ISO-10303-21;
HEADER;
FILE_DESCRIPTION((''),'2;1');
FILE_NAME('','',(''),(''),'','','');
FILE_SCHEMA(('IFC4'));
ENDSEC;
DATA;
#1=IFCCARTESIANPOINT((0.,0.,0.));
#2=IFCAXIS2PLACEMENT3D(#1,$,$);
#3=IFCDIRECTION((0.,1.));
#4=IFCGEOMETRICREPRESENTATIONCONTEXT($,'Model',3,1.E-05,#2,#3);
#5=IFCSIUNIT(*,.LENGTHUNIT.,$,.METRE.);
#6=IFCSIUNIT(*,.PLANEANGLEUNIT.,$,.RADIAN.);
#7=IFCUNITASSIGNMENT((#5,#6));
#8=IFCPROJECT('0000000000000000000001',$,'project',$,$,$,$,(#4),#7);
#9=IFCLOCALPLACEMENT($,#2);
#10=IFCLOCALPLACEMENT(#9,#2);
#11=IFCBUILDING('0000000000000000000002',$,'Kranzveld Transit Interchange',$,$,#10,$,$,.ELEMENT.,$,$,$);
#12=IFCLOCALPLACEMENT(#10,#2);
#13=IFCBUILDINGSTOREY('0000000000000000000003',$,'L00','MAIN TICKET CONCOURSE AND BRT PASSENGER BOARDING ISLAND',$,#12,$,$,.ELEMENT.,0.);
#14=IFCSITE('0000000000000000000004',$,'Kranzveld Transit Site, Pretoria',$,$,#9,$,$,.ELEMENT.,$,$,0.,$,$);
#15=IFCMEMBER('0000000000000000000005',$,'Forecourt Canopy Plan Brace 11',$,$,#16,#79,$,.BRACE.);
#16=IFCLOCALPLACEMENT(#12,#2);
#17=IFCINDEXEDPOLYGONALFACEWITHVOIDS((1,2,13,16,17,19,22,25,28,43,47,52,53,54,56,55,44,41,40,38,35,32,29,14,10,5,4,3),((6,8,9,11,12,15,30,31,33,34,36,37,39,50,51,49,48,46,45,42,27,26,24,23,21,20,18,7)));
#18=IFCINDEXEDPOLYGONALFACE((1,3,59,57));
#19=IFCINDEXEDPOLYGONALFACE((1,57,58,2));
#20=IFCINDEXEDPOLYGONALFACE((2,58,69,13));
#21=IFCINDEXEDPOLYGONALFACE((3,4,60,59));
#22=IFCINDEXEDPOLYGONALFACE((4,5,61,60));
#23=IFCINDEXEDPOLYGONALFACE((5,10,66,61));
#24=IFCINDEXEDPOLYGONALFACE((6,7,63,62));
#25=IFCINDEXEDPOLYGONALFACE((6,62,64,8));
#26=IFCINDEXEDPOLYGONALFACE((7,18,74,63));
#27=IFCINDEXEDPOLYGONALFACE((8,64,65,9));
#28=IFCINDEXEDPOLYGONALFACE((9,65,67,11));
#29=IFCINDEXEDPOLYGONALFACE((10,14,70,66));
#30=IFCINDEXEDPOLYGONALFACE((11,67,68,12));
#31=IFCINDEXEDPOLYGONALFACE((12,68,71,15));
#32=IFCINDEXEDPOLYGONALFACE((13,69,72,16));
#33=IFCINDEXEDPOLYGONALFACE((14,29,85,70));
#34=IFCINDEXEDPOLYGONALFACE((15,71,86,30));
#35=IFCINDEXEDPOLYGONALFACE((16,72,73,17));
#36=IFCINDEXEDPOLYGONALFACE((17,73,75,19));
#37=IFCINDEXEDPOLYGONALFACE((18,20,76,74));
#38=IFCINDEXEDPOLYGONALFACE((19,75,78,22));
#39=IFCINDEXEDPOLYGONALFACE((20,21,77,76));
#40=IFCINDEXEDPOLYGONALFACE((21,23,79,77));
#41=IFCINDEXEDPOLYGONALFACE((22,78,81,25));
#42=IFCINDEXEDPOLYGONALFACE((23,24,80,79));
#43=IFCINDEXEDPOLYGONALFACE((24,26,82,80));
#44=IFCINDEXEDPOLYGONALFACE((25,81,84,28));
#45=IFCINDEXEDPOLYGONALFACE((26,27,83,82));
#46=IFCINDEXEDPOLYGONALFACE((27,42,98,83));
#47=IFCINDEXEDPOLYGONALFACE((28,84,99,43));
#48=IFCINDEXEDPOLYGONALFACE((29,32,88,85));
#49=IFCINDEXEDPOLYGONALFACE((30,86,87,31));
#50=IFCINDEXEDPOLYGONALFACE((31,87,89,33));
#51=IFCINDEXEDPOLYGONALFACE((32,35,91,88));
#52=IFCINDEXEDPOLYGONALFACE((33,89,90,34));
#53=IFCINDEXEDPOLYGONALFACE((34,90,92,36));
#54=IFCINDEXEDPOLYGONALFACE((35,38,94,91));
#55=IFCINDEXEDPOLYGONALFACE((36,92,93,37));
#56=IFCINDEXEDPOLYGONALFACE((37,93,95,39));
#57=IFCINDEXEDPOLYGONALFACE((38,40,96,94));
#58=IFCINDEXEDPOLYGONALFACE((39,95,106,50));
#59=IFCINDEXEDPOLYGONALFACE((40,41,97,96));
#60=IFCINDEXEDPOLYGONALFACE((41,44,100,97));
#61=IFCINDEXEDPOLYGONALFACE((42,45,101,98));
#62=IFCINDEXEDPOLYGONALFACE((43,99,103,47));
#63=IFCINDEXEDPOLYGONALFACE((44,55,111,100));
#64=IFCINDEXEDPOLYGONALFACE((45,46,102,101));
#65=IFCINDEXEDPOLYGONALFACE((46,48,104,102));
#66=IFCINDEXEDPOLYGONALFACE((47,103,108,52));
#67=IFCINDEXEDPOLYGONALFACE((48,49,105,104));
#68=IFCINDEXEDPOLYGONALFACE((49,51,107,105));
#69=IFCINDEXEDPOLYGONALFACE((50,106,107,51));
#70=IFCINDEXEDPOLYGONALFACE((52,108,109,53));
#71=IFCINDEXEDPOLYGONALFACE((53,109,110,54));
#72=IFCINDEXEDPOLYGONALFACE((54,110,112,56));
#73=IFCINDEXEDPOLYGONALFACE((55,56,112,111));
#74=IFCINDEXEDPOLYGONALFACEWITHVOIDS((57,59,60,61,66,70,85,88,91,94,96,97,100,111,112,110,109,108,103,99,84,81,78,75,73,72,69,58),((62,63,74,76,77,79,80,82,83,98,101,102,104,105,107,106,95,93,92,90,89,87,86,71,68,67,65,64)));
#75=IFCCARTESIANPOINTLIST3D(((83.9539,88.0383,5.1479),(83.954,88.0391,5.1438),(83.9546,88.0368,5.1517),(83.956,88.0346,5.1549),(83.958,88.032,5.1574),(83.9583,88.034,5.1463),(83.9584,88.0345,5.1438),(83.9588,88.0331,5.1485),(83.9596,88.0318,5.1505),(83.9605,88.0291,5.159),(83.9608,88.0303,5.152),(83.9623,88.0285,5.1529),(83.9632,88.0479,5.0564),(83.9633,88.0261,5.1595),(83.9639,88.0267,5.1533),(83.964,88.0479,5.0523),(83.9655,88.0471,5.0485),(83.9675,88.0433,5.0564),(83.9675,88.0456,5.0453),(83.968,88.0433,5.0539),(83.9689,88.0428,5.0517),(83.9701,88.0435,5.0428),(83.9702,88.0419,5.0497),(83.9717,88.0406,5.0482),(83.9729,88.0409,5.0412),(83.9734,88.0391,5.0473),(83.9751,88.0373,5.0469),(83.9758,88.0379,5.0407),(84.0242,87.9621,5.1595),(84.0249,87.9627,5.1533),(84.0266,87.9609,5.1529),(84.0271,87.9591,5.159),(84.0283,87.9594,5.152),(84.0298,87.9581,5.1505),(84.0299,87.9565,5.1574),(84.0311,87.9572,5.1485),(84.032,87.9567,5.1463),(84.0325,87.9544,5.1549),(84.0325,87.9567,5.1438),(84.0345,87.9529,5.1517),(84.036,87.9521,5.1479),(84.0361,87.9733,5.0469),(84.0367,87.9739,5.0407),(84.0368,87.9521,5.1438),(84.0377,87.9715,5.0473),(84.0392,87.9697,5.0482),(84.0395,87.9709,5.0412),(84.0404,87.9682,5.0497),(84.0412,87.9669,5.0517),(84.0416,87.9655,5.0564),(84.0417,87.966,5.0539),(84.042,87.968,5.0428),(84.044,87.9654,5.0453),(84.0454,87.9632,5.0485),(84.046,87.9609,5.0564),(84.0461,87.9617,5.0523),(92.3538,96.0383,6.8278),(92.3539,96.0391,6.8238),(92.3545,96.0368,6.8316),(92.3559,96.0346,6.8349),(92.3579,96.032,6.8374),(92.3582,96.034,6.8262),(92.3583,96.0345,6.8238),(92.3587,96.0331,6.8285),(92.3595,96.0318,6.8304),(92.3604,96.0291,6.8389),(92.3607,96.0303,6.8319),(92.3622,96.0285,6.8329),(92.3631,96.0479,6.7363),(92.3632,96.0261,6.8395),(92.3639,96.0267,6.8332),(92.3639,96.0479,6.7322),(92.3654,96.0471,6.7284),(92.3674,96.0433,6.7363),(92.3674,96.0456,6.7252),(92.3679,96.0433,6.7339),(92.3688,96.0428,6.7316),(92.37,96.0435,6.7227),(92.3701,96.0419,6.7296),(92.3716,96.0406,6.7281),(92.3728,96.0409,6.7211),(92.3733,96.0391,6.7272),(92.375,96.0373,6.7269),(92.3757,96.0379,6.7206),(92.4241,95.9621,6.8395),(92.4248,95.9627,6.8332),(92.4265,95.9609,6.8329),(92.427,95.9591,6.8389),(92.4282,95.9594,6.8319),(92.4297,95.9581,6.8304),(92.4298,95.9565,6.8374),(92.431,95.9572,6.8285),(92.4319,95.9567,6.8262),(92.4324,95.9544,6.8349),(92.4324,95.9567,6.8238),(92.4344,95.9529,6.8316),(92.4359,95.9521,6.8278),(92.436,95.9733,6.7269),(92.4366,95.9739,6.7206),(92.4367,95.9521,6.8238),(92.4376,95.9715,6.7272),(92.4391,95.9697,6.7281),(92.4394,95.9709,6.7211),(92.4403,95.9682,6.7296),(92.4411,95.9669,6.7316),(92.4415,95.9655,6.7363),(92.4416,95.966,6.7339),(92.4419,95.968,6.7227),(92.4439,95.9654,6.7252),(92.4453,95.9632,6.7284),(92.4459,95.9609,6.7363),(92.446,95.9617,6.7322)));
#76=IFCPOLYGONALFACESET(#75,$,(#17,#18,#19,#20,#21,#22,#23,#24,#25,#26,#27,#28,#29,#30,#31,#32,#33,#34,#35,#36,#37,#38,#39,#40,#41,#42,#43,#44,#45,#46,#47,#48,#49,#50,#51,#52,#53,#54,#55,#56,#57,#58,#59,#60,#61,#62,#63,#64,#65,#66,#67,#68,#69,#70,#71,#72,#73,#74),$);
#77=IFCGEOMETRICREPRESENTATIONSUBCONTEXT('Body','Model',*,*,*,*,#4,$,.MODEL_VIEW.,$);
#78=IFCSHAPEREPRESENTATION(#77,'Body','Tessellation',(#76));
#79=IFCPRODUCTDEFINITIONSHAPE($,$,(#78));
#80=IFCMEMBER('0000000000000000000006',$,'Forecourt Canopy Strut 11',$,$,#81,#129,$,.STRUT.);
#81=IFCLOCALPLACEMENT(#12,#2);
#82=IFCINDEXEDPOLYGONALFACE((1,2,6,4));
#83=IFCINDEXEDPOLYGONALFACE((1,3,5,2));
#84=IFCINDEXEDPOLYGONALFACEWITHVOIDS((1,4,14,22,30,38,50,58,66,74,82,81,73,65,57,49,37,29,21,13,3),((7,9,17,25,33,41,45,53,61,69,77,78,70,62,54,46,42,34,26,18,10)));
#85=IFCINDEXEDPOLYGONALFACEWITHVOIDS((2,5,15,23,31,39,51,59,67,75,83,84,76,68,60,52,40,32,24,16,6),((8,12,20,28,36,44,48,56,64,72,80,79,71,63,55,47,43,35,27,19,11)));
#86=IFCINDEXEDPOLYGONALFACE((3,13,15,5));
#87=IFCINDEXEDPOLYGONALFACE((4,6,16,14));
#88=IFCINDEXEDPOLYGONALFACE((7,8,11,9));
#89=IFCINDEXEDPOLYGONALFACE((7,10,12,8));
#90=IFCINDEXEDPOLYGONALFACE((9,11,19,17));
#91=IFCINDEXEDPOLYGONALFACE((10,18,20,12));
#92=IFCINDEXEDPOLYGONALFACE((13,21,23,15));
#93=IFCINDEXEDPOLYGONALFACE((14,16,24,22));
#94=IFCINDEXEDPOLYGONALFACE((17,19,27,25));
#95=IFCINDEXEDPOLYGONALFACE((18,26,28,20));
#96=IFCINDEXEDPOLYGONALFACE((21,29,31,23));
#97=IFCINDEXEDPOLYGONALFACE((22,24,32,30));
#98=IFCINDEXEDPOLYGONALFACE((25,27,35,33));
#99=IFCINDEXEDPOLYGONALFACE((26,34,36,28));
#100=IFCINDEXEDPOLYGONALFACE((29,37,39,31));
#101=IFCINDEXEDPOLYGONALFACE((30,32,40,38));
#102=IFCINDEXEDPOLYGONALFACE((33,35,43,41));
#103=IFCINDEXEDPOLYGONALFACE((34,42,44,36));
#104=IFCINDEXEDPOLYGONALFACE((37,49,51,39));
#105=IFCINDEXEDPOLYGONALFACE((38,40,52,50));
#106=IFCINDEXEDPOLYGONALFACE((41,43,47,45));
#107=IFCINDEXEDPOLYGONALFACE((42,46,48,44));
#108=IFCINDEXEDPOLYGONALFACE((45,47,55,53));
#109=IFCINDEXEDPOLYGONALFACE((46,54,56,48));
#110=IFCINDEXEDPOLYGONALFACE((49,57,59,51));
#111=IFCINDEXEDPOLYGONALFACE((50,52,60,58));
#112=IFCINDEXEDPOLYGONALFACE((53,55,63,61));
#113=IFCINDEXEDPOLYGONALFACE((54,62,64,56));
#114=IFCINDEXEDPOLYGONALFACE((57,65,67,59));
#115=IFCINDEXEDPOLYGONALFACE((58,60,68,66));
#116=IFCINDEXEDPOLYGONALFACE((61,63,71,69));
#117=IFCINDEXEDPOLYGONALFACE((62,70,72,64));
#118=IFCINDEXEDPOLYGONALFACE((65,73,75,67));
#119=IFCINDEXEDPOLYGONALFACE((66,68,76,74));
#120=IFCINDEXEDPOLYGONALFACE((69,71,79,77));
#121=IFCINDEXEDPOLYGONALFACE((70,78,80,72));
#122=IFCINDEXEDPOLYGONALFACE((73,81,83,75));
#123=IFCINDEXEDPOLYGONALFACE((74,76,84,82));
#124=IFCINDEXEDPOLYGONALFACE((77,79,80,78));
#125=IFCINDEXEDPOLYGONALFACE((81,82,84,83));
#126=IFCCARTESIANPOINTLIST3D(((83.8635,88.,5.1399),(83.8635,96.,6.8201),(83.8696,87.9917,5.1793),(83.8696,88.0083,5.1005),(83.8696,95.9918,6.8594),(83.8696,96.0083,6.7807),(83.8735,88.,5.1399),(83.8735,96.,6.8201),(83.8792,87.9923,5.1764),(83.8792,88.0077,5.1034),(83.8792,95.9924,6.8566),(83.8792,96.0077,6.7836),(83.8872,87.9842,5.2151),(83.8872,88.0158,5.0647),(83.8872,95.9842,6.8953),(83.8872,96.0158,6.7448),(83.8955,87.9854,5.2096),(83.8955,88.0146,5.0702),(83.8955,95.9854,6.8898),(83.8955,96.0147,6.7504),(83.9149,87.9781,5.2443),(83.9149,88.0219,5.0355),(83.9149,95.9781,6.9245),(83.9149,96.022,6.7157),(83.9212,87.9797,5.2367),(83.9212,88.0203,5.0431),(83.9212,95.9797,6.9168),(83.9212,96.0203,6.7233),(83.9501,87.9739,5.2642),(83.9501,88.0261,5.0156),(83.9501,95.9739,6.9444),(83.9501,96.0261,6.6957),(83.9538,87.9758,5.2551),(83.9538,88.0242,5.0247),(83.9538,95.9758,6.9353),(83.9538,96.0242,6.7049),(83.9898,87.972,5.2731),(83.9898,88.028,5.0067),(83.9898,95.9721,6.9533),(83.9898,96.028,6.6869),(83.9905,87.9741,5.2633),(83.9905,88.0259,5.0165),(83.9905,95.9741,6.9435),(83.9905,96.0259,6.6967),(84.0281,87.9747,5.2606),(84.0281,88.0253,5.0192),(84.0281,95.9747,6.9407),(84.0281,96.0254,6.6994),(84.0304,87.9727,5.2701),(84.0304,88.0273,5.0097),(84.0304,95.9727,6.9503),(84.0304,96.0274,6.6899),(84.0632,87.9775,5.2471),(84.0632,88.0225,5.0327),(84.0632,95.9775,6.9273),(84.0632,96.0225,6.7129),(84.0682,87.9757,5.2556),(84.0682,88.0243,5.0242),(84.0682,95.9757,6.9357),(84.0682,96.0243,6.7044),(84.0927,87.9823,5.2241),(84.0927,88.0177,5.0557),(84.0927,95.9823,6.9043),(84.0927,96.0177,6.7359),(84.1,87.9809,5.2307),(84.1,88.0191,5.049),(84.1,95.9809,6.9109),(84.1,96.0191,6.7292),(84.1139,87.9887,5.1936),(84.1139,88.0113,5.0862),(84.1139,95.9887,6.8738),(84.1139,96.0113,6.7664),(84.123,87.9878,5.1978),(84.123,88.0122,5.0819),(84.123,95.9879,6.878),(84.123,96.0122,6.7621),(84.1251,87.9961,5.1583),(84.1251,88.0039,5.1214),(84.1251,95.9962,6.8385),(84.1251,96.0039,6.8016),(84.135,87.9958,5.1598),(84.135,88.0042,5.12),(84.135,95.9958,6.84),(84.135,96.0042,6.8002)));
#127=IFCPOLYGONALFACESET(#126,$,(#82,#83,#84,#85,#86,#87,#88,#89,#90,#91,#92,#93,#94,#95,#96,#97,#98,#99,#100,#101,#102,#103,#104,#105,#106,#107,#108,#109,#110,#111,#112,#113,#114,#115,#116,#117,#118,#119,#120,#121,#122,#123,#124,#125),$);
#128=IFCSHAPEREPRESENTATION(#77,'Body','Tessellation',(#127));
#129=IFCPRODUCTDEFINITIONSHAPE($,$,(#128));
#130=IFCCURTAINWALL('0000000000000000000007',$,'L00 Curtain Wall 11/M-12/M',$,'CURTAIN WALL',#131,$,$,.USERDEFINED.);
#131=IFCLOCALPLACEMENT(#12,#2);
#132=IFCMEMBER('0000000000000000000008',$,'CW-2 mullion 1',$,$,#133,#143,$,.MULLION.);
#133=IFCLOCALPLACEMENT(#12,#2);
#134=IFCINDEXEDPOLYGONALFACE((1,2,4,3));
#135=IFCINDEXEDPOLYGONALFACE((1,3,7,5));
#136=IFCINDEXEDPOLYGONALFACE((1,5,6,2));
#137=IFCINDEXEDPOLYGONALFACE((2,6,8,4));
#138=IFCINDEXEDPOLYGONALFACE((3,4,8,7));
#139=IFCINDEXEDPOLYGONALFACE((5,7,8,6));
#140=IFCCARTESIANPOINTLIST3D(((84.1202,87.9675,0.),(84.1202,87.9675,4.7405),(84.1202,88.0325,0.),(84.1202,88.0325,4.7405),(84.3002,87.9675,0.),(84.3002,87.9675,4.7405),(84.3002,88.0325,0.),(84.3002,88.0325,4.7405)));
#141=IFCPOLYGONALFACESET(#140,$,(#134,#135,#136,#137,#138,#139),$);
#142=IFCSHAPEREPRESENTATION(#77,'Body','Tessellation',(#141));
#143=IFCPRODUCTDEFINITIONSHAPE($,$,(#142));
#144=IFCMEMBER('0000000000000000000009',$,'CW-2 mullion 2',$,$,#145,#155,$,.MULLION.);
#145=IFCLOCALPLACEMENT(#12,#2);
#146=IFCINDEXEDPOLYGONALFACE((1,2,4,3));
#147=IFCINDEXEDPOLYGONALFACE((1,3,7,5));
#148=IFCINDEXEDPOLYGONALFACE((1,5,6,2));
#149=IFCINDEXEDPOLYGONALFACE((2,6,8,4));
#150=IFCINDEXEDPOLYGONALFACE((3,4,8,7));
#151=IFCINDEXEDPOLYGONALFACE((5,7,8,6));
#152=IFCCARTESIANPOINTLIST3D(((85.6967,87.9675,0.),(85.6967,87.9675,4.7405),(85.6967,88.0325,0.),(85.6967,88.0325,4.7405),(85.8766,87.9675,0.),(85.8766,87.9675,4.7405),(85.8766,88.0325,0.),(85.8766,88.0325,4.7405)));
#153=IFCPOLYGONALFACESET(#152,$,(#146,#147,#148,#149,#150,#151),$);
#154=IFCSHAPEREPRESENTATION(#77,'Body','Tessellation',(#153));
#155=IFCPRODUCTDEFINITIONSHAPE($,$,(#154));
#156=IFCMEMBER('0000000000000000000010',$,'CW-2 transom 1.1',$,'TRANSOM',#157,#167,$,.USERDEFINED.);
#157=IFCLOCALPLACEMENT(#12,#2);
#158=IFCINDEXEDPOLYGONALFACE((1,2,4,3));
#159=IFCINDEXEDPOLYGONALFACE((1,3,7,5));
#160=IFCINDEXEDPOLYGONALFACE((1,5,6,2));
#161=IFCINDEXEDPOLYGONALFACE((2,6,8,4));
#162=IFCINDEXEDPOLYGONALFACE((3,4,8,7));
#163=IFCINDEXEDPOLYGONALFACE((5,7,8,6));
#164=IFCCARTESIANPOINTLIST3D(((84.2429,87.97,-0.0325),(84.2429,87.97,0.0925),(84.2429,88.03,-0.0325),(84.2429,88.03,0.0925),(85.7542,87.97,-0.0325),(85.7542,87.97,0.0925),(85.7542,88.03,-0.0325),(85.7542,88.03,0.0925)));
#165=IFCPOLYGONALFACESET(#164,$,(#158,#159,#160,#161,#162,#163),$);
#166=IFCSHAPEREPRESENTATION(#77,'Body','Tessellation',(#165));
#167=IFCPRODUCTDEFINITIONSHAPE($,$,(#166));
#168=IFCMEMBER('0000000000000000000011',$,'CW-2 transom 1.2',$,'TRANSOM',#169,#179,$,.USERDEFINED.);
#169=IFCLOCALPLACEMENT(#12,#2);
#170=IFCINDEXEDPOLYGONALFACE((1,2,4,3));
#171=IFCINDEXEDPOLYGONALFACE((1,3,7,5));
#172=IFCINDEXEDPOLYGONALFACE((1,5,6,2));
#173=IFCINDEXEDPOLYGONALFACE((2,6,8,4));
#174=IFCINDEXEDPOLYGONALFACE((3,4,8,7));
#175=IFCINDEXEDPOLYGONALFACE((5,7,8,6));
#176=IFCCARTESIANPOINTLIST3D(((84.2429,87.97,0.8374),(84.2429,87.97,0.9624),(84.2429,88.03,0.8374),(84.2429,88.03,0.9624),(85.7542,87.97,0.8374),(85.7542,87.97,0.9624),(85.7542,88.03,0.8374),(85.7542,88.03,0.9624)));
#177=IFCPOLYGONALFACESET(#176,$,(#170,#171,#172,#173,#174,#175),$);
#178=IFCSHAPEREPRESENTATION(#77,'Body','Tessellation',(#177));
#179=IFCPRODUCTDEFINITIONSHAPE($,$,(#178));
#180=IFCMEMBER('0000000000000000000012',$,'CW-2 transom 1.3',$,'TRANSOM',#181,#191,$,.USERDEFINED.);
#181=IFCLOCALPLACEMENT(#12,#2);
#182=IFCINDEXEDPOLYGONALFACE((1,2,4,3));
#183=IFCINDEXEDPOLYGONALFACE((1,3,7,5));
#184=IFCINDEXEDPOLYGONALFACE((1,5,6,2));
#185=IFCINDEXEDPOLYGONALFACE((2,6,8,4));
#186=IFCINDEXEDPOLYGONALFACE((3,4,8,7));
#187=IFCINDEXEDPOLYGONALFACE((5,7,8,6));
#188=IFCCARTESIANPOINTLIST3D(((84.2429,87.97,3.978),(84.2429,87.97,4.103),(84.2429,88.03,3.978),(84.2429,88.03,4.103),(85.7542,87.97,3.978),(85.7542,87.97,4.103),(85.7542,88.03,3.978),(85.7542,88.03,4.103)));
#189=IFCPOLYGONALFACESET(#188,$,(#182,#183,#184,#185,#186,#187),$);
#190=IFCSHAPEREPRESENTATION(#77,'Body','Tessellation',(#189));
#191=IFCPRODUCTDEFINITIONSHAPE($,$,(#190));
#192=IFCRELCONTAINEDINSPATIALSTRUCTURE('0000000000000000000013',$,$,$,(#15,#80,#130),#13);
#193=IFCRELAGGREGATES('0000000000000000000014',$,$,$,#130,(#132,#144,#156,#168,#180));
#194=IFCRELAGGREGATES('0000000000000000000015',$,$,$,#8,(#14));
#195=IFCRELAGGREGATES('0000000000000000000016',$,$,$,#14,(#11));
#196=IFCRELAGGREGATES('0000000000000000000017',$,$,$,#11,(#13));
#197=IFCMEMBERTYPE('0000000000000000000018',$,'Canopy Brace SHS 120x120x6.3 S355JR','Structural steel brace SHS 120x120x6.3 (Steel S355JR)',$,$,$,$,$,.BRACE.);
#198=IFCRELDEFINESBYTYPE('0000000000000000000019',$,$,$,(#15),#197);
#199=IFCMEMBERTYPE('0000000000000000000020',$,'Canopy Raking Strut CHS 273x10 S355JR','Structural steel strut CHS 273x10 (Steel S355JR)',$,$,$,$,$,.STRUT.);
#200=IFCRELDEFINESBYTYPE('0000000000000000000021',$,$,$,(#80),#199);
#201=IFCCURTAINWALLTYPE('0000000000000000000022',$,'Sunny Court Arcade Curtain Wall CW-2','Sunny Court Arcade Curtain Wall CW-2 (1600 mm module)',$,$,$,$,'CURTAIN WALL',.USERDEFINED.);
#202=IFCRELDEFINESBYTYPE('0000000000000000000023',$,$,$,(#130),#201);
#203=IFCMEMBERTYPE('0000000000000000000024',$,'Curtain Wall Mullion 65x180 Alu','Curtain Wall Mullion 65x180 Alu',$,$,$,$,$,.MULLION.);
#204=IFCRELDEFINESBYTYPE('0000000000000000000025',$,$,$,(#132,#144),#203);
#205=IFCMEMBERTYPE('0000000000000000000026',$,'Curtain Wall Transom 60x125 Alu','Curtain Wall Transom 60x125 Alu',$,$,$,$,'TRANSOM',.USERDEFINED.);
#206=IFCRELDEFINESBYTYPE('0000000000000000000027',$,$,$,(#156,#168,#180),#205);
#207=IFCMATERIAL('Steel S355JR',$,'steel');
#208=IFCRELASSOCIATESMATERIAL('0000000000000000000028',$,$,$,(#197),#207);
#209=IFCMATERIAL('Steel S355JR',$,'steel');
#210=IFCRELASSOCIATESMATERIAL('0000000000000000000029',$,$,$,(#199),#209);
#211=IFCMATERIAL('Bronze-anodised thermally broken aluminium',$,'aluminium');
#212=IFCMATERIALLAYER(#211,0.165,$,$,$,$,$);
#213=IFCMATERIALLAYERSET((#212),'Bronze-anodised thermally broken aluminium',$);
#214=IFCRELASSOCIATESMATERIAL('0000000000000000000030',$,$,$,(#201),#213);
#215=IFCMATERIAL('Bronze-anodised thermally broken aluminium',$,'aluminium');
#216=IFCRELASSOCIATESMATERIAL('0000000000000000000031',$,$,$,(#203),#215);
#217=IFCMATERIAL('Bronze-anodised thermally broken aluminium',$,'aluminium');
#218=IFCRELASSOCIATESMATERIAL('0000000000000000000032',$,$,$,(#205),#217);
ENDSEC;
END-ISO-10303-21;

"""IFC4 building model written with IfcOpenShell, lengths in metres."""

from ifc_helpers import new_model, si_unit, direction, frame, origin, origin_2d, place, context, subcontext, project, spatial, rectangle, hollow_rectangle, hollow_circle, extrude, material, layer, layer_set, material_profile, profile_set, type_object, element, aggregate, save


model = new_model("IFC4")

# Units and contexts
model_context = context("Model", 3, precision=1e-05, world=origin(), true_north=direction((0.0, 1.0)))
body_context = subcontext(model_context, "Body", "Model", "MODEL_VIEW")
ifc_project = project(units=[si_unit("LENGTHUNIT", "METRE"), si_unit("PLANEANGLEUNIT", "RADIAN")], contexts=[model_context])

# Site, building, storey
site_placement = place(None, origin())
site = spatial("IfcSite", under=ifc_project, at=site_placement, Name="Kranzveld Transit Site, Pretoria", CompositionType="ELEMENT", RefElevation=0.0)
building_placement = place(site_placement, origin())
building = spatial("IfcBuilding", under=site, at=building_placement, Name="Kranzveld Transit Interchange", CompositionType="ELEMENT")
storey_placement = place(building_placement, origin())
storey = spatial("IfcBuildingStorey", under=building, at=storey_placement, Name="L00", Description="MAIN TICKET CONCOURSE AND BRT PASSENGER BOARDING ISLAND", CompositionType="ELEMENT", Elevation=0.0)

# Members
ifc_material_1 = material(Name="Steel S355JR", Category="steel")
ifc_material_profile_1 = material_profile(ifc_material_1, hollow_rectangle(XDim=0.1201, YDim=0.1201, WallThickness=0.0063, InnerFilletRadius=0.0095, OuterFilletRadius=0.0159, at=origin_2d()), Name="SHS 120x120x6.3")
ifc_profile_set_1 = profile_set([ifc_material_profile_1], Name="Steel S355JR")
member_type_1 = type_object("IfcMemberType", Name="Canopy Brace SHS 120x120x6.3 S355JR", Description="Structural steel brace SHS 120x120x6.3 (Steel S355JR)", PredefinedType="BRACE", material=ifc_profile_set_1)
member_1_placement = place(storey_placement, frame((84.0, 88.0, 5.1001), z_axis=(0.716657, 0.682539, 0.143327), x_axis=(-0.689659, 0.724134, 0.0)))
element("IfcMember", 1, at=member_1_placement, inside=storey, type_object=member_type_1, Name="Forecourt Canopy Plan Brace 11", PredefinedType="BRACE", context=body_context, shape_type="SweptSolid", body=[
    extrude(hollow_rectangle(XDim=0.1201, YDim=0.1201, WallThickness=0.0063, InnerFilletRadius=0.0095, OuterFilletRadius=0.0159, at=origin_2d()), origin(), (0.0, 0.0, 1.0), 11.7209),
])
ifc_material_2 = material(Name="Steel S355JR", Category="steel")
ifc_material_profile_2 = material_profile(ifc_material_2, hollow_circle(Radius=0.1365, WallThickness=0.01, at=origin_2d()), Name="CHS 273x10")
ifc_profile_set_2 = profile_set([ifc_material_profile_2], Name="Steel S355JR")
member_type_2 = type_object("IfcMemberType", Name="Canopy Raking Strut CHS 273x10 S355JR", Description="Structural steel strut CHS 273x10 (Steel S355JR)", PredefinedType="STRUT", material=ifc_profile_set_2)
member_2_placement = place(storey_placement, frame((84.0, 88.0, 5.1399), z_axis=(0.0, 0.978649, 0.205538), x_axis=(-1.0, 0.0, 0.0)))
element("IfcMember", 2, at=member_2_placement, inside=storey, type_object=member_type_2, Name="Forecourt Canopy Strut 11", PredefinedType="STRUT", context=body_context, shape_type="SweptSolid", body=[
    extrude(hollow_circle(Radius=0.1365, WallThickness=0.01, at=origin_2d()), origin(), (0.0, 0.0, 1.0), 8.1746),
])

# Curtain wall, members
ifc_material_3 = material(Name="Bronze-anodised thermally broken aluminium", Category="aluminium")
ifc_layer_1 = layer(ifc_material_3, 0.165)
ifc_layer_set_1 = layer_set([ifc_layer_1], Name="Bronze-anodised thermally broken aluminium")
curtain_wall_type = type_object("IfcCurtainWallType", Name="Sunny Court Arcade Curtain Wall CW-2", Description="Sunny Court Arcade Curtain Wall CW-2 (1600 mm module)", ElementType="CURTAIN WALL", PredefinedType="USERDEFINED", material=ifc_layer_set_1)
curtain_wall_placement = place(storey_placement, origin())
curtain_wall = element("IfcCurtainWall", 3, at=curtain_wall_placement, inside=storey, type_object=curtain_wall_type, Name="L00 Curtain Wall 11/M-12/M", ObjectType="CURTAIN WALL", PredefinedType="USERDEFINED")
ifc_material_4 = material(Name="Bronze-anodised thermally broken aluminium", Category="aluminium")
ifc_material_profile_3 = material_profile(ifc_material_4, rectangle(XDim=0.0649, YDim=0.1799, at=origin_2d()), Name="ALU MULLION 65x180")
ifc_profile_set_3 = profile_set([ifc_material_profile_3], Name="Bronze-anodised thermally broken aluminium")
member_type_3 = type_object("IfcMemberType", Name="Curtain Wall Mullion 65x180 Alu", Description="Curtain Wall Mullion 65x180 Alu", PredefinedType="MULLION", material=ifc_profile_set_3)
member_3_placement = place(storey_placement, frame((84.2102, 88.0, 0.0), z_axis=(0.0, 0.0, 1.0), x_axis=(0.0, 1.0, 0.0)))
member_3 = element("IfcMember", 4, at=member_3_placement, type_object=member_type_3, Name="CW-2 mullion 1", PredefinedType="MULLION", context=body_context, shape_type="SweptSolid", body=[
    extrude(rectangle(XDim=0.0649, YDim=0.1799, at=origin_2d()), origin(), (0.0, 0.0, 1.0), 4.7405),
])
member_4_placement = place(storey_placement, frame((85.7866, 88.0, 0.0), z_axis=(0.0, 0.0, 1.0), x_axis=(0.0, 1.0, 0.0)))
member_4 = element("IfcMember", 5, at=member_4_placement, type_object=member_type_3, Name="CW-2 mullion 2", PredefinedType="MULLION", context=body_context, shape_type="SweptSolid", body=[
    extrude(rectangle(XDim=0.0649, YDim=0.1799, at=origin_2d()), origin(), (0.0, 0.0, 1.0), 4.7405),
])
ifc_material_5 = material(Name="Bronze-anodised thermally broken aluminium", Category="aluminium")
ifc_material_profile_4 = material_profile(ifc_material_5, rectangle(XDim=0.0601, YDim=0.125, at=origin_2d()), Name="ALU TRANSOM 60x125")
ifc_profile_set_4 = profile_set([ifc_material_profile_4], Name="Bronze-anodised thermally broken aluminium")
member_type_4 = type_object("IfcMemberType", Name="Curtain Wall Transom 60x125 Alu", Description="Curtain Wall Transom 60x125 Alu", ElementType="TRANSOM", PredefinedType="USERDEFINED", material=ifc_profile_set_4)
member_5_placement = place(storey_placement, frame((84.2429, 88.0, 0.03), z_axis=(1.0, 0.0, 0.0), x_axis=(0.0, 1.0, 0.0)))
member_5 = element("IfcMember", 6, at=member_5_placement, type_object=member_type_4, Name="CW-2 transom 1.1", ObjectType="TRANSOM", PredefinedType="USERDEFINED", context=body_context, shape_type="SweptSolid", body=[
    extrude(rectangle(XDim=0.0601, YDim=0.125, at=origin_2d()), origin(), (0.0, 0.0, 1.0), 1.5112),
])
member_6_placement = place(storey_placement, frame((84.2429, 88.0, 0.8999), z_axis=(1.0, 0.0, 0.0), x_axis=(0.0, 1.0, 0.0)))
member_6 = element("IfcMember", 7, at=member_6_placement, type_object=member_type_4, Name="CW-2 transom 1.2", ObjectType="TRANSOM", PredefinedType="USERDEFINED", context=body_context, shape_type="SweptSolid", body=[
    extrude(rectangle(XDim=0.0601, YDim=0.125, at=origin_2d()), origin(), (0.0, 0.0, 1.0), 1.5112),
])
member_7_placement = place(storey_placement, frame((84.2429, 88.0, 4.0405), z_axis=(1.0, 0.0, 0.0), x_axis=(0.0, 1.0, 0.0)))
member_7 = element("IfcMember", 8, at=member_7_placement, type_object=member_type_4, Name="CW-2 transom 1.3", ObjectType="TRANSOM", PredefinedType="USERDEFINED", context=body_context, shape_type="SweptSolid", body=[
    extrude(rectangle(XDim=0.0601, YDim=0.125, at=origin_2d()), origin(), (0.0, 0.0, 1.0), 1.5112),
])

aggregate(curtain_wall, [member_3, member_4, member_5, member_6, member_7])

save(model, "model.ifc")
